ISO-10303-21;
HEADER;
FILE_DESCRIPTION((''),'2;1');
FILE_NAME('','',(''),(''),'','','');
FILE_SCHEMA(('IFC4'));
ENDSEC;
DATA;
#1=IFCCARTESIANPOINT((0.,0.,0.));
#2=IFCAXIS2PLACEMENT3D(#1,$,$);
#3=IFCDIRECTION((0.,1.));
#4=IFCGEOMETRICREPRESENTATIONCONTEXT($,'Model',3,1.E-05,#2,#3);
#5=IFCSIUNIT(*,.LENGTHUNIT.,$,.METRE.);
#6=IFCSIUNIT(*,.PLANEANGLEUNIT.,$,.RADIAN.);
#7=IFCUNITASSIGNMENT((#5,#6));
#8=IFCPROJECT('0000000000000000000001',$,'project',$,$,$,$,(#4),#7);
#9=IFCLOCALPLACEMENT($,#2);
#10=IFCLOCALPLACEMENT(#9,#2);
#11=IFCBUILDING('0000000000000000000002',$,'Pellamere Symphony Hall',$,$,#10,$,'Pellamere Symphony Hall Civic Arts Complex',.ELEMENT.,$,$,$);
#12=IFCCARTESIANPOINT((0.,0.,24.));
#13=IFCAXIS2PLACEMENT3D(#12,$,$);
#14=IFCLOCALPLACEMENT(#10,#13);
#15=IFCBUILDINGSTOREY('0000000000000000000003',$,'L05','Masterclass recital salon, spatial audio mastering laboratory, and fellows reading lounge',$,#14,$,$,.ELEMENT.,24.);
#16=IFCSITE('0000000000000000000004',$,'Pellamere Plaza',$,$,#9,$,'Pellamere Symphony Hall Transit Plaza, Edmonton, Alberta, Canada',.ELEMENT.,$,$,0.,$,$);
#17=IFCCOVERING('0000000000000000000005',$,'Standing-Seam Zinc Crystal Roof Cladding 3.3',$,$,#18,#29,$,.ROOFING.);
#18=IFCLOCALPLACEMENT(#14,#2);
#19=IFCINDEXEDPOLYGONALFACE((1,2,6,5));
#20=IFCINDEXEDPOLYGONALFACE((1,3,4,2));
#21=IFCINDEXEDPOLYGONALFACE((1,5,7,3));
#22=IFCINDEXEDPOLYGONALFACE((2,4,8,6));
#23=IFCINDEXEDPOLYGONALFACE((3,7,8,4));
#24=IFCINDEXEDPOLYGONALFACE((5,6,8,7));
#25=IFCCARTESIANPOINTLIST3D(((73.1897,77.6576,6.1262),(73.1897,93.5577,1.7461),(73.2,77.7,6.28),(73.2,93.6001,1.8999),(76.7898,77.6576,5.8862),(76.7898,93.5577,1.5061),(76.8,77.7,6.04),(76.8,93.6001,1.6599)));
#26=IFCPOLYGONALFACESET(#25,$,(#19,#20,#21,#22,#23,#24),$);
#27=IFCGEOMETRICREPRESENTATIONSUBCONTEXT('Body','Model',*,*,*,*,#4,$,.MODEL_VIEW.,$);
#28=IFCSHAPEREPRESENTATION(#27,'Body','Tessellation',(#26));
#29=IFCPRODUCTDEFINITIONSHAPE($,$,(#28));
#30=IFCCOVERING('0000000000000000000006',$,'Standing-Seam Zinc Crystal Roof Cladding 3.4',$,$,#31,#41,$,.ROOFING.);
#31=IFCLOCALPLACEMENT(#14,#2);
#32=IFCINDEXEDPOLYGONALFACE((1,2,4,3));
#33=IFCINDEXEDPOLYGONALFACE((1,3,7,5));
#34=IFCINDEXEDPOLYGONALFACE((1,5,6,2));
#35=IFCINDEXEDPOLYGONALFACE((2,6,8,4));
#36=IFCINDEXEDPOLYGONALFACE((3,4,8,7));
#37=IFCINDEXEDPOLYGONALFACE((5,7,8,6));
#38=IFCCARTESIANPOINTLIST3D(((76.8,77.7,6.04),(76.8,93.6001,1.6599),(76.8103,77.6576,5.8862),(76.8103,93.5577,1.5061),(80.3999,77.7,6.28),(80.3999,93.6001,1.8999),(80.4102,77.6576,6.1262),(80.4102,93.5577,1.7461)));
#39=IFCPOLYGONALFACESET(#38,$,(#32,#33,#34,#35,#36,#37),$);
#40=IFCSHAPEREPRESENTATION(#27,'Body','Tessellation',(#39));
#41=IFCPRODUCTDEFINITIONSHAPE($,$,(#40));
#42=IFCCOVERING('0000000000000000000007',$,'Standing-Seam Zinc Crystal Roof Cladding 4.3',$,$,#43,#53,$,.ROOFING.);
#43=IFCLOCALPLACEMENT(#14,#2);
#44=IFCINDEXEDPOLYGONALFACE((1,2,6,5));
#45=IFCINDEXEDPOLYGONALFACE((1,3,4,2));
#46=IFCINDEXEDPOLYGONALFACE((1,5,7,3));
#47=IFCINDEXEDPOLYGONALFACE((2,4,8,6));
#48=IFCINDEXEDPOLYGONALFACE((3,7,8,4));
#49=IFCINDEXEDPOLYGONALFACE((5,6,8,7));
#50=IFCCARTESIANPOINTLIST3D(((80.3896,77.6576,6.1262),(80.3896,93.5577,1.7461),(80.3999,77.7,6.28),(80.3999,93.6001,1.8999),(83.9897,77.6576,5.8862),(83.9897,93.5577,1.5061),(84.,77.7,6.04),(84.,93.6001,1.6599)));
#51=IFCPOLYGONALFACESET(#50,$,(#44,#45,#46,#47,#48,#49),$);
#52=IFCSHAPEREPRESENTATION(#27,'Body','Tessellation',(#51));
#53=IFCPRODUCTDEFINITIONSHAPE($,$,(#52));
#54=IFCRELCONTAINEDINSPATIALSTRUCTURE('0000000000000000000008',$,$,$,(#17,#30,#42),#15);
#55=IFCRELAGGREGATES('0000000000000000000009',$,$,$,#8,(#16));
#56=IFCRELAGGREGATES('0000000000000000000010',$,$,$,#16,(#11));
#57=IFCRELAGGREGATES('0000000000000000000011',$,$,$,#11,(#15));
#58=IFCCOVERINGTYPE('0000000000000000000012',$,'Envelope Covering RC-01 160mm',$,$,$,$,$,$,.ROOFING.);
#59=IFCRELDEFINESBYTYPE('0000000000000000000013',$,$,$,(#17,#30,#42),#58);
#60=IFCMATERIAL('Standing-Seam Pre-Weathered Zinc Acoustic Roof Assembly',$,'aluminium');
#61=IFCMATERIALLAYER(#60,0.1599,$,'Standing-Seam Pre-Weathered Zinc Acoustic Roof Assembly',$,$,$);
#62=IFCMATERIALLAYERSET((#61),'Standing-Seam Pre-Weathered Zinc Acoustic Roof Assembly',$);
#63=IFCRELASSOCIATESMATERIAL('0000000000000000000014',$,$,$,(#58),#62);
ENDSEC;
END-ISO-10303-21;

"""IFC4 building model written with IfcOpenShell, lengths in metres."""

from ifc_helpers import new_model, si_unit, direction, frame, origin, place, context, subcontext, project, spatial, polyline, outline, extrude, material, layer, layer_set, type_object, element, save


model = new_model("IFC4")

# Units and contexts
model_context = context("Model", 3, precision=1e-05, world=origin(), true_north=direction((0.0, 1.0)))
body_context = subcontext(model_context, "Body", "Model", "MODEL_VIEW")
ifc_project = project(units=[si_unit("LENGTHUNIT", "METRE"), si_unit("PLANEANGLEUNIT", "RADIAN")], contexts=[model_context])

# Site, building, storey
site_placement = place(None, origin())
site = spatial("IfcSite", under=ifc_project, at=site_placement, Name="Pellamere Plaza", LongName="Pellamere Symphony Hall Transit Plaza, Edmonton, Alberta, Canada", CompositionType="ELEMENT", RefElevation=0.0)
building_placement = place(site_placement, origin())
building = spatial("IfcBuilding", under=site, at=building_placement, Name="Pellamere Symphony Hall", LongName="Pellamere Symphony Hall Civic Arts Complex", CompositionType="ELEMENT")
storey_placement = place(building_placement, frame((0.0, 0.0, 24.0)))
storey = spatial("IfcBuildingStorey", under=building, at=storey_placement, Name="L05", Description="Masterclass recital salon, spatial audio mastering laboratory, and fellows reading lounge", CompositionType="ELEMENT", Elevation=24.0)

# Coverings
ifc_material_1 = material(Name="Standing-Seam Pre-Weathered Zinc Acoustic Roof Assembly", Category="aluminium")
ifc_layer_1 = layer(ifc_material_1, 0.1599, Name="Standing-Seam Pre-Weathered Zinc Acoustic Roof Assembly")
ifc_layer_set_1 = layer_set([ifc_layer_1], Name="Standing-Seam Pre-Weathered Zinc Acoustic Roof Assembly")
covering_type = type_object("IfcCoveringType", Name="Envelope Covering RC-01 160mm", PredefinedType="ROOFING", material=ifc_layer_set_1)
covering_1_placement = place(storey_placement, frame((73.2, 77.7, 6.28), z_axis=(0.064136, 0.265037, 0.962103), x_axis=(0.997785, 0.0, -0.066515)))
element("IfcCovering", 1, at=covering_1_placement, inside=storey, type_object=covering_type, Name="Standing-Seam Zinc Crystal Roof Cladding 3.3", PredefinedType="ROOFING", context=body_context, shape_type="SweptSolid", body=[
    extrude(outline(polyline([(0.0, 0.0), (3.6081, 0.0), (3.8994, 16.4899), (0.2913, 16.4899), (0.0, 0.0)])), origin(), (0.0, 0.0, -1.0), 0.1599),
])
covering_2_placement = place(storey_placement, frame((76.8, 77.7, 6.04), z_axis=(-0.06414, 0.265037, 0.962103), x_axis=(0.997785, 0.0, 0.066519)))
element("IfcCovering", 2, at=covering_2_placement, inside=storey, type_object=covering_type, Name="Standing-Seam Zinc Crystal Roof Cladding 3.4", PredefinedType="ROOFING", context=body_context, shape_type="SweptSolid", body=[
    extrude(outline(polyline([(0.0, 0.0), (3.6078, 0.0), (3.3165, 16.4899), (-0.2914, 16.4899), (0.0, 0.0)])), origin(), (0.0, 0.0, -1.0), 0.1599),
])
covering_3_placement = place(storey_placement, frame((80.3999, 77.7, 6.28), z_axis=(0.064136, 0.265037, 0.962103), x_axis=(0.997785, 0.0, -0.066515)))
element("IfcCovering", 3, at=covering_3_placement, inside=storey, type_object=covering_type, Name="Standing-Seam Zinc Crystal Roof Cladding 4.3", PredefinedType="ROOFING", context=body_context, shape_type="SweptSolid", body=[
    extrude(outline(polyline([(0.0, 0.0), (3.6081, 0.0), (3.8994, 16.4899), (0.2913, 16.4899), (0.0, 0.0)])), origin(), (0.0, 0.0, -1.0), 0.1599),
])

save(model, "model.ifc")
